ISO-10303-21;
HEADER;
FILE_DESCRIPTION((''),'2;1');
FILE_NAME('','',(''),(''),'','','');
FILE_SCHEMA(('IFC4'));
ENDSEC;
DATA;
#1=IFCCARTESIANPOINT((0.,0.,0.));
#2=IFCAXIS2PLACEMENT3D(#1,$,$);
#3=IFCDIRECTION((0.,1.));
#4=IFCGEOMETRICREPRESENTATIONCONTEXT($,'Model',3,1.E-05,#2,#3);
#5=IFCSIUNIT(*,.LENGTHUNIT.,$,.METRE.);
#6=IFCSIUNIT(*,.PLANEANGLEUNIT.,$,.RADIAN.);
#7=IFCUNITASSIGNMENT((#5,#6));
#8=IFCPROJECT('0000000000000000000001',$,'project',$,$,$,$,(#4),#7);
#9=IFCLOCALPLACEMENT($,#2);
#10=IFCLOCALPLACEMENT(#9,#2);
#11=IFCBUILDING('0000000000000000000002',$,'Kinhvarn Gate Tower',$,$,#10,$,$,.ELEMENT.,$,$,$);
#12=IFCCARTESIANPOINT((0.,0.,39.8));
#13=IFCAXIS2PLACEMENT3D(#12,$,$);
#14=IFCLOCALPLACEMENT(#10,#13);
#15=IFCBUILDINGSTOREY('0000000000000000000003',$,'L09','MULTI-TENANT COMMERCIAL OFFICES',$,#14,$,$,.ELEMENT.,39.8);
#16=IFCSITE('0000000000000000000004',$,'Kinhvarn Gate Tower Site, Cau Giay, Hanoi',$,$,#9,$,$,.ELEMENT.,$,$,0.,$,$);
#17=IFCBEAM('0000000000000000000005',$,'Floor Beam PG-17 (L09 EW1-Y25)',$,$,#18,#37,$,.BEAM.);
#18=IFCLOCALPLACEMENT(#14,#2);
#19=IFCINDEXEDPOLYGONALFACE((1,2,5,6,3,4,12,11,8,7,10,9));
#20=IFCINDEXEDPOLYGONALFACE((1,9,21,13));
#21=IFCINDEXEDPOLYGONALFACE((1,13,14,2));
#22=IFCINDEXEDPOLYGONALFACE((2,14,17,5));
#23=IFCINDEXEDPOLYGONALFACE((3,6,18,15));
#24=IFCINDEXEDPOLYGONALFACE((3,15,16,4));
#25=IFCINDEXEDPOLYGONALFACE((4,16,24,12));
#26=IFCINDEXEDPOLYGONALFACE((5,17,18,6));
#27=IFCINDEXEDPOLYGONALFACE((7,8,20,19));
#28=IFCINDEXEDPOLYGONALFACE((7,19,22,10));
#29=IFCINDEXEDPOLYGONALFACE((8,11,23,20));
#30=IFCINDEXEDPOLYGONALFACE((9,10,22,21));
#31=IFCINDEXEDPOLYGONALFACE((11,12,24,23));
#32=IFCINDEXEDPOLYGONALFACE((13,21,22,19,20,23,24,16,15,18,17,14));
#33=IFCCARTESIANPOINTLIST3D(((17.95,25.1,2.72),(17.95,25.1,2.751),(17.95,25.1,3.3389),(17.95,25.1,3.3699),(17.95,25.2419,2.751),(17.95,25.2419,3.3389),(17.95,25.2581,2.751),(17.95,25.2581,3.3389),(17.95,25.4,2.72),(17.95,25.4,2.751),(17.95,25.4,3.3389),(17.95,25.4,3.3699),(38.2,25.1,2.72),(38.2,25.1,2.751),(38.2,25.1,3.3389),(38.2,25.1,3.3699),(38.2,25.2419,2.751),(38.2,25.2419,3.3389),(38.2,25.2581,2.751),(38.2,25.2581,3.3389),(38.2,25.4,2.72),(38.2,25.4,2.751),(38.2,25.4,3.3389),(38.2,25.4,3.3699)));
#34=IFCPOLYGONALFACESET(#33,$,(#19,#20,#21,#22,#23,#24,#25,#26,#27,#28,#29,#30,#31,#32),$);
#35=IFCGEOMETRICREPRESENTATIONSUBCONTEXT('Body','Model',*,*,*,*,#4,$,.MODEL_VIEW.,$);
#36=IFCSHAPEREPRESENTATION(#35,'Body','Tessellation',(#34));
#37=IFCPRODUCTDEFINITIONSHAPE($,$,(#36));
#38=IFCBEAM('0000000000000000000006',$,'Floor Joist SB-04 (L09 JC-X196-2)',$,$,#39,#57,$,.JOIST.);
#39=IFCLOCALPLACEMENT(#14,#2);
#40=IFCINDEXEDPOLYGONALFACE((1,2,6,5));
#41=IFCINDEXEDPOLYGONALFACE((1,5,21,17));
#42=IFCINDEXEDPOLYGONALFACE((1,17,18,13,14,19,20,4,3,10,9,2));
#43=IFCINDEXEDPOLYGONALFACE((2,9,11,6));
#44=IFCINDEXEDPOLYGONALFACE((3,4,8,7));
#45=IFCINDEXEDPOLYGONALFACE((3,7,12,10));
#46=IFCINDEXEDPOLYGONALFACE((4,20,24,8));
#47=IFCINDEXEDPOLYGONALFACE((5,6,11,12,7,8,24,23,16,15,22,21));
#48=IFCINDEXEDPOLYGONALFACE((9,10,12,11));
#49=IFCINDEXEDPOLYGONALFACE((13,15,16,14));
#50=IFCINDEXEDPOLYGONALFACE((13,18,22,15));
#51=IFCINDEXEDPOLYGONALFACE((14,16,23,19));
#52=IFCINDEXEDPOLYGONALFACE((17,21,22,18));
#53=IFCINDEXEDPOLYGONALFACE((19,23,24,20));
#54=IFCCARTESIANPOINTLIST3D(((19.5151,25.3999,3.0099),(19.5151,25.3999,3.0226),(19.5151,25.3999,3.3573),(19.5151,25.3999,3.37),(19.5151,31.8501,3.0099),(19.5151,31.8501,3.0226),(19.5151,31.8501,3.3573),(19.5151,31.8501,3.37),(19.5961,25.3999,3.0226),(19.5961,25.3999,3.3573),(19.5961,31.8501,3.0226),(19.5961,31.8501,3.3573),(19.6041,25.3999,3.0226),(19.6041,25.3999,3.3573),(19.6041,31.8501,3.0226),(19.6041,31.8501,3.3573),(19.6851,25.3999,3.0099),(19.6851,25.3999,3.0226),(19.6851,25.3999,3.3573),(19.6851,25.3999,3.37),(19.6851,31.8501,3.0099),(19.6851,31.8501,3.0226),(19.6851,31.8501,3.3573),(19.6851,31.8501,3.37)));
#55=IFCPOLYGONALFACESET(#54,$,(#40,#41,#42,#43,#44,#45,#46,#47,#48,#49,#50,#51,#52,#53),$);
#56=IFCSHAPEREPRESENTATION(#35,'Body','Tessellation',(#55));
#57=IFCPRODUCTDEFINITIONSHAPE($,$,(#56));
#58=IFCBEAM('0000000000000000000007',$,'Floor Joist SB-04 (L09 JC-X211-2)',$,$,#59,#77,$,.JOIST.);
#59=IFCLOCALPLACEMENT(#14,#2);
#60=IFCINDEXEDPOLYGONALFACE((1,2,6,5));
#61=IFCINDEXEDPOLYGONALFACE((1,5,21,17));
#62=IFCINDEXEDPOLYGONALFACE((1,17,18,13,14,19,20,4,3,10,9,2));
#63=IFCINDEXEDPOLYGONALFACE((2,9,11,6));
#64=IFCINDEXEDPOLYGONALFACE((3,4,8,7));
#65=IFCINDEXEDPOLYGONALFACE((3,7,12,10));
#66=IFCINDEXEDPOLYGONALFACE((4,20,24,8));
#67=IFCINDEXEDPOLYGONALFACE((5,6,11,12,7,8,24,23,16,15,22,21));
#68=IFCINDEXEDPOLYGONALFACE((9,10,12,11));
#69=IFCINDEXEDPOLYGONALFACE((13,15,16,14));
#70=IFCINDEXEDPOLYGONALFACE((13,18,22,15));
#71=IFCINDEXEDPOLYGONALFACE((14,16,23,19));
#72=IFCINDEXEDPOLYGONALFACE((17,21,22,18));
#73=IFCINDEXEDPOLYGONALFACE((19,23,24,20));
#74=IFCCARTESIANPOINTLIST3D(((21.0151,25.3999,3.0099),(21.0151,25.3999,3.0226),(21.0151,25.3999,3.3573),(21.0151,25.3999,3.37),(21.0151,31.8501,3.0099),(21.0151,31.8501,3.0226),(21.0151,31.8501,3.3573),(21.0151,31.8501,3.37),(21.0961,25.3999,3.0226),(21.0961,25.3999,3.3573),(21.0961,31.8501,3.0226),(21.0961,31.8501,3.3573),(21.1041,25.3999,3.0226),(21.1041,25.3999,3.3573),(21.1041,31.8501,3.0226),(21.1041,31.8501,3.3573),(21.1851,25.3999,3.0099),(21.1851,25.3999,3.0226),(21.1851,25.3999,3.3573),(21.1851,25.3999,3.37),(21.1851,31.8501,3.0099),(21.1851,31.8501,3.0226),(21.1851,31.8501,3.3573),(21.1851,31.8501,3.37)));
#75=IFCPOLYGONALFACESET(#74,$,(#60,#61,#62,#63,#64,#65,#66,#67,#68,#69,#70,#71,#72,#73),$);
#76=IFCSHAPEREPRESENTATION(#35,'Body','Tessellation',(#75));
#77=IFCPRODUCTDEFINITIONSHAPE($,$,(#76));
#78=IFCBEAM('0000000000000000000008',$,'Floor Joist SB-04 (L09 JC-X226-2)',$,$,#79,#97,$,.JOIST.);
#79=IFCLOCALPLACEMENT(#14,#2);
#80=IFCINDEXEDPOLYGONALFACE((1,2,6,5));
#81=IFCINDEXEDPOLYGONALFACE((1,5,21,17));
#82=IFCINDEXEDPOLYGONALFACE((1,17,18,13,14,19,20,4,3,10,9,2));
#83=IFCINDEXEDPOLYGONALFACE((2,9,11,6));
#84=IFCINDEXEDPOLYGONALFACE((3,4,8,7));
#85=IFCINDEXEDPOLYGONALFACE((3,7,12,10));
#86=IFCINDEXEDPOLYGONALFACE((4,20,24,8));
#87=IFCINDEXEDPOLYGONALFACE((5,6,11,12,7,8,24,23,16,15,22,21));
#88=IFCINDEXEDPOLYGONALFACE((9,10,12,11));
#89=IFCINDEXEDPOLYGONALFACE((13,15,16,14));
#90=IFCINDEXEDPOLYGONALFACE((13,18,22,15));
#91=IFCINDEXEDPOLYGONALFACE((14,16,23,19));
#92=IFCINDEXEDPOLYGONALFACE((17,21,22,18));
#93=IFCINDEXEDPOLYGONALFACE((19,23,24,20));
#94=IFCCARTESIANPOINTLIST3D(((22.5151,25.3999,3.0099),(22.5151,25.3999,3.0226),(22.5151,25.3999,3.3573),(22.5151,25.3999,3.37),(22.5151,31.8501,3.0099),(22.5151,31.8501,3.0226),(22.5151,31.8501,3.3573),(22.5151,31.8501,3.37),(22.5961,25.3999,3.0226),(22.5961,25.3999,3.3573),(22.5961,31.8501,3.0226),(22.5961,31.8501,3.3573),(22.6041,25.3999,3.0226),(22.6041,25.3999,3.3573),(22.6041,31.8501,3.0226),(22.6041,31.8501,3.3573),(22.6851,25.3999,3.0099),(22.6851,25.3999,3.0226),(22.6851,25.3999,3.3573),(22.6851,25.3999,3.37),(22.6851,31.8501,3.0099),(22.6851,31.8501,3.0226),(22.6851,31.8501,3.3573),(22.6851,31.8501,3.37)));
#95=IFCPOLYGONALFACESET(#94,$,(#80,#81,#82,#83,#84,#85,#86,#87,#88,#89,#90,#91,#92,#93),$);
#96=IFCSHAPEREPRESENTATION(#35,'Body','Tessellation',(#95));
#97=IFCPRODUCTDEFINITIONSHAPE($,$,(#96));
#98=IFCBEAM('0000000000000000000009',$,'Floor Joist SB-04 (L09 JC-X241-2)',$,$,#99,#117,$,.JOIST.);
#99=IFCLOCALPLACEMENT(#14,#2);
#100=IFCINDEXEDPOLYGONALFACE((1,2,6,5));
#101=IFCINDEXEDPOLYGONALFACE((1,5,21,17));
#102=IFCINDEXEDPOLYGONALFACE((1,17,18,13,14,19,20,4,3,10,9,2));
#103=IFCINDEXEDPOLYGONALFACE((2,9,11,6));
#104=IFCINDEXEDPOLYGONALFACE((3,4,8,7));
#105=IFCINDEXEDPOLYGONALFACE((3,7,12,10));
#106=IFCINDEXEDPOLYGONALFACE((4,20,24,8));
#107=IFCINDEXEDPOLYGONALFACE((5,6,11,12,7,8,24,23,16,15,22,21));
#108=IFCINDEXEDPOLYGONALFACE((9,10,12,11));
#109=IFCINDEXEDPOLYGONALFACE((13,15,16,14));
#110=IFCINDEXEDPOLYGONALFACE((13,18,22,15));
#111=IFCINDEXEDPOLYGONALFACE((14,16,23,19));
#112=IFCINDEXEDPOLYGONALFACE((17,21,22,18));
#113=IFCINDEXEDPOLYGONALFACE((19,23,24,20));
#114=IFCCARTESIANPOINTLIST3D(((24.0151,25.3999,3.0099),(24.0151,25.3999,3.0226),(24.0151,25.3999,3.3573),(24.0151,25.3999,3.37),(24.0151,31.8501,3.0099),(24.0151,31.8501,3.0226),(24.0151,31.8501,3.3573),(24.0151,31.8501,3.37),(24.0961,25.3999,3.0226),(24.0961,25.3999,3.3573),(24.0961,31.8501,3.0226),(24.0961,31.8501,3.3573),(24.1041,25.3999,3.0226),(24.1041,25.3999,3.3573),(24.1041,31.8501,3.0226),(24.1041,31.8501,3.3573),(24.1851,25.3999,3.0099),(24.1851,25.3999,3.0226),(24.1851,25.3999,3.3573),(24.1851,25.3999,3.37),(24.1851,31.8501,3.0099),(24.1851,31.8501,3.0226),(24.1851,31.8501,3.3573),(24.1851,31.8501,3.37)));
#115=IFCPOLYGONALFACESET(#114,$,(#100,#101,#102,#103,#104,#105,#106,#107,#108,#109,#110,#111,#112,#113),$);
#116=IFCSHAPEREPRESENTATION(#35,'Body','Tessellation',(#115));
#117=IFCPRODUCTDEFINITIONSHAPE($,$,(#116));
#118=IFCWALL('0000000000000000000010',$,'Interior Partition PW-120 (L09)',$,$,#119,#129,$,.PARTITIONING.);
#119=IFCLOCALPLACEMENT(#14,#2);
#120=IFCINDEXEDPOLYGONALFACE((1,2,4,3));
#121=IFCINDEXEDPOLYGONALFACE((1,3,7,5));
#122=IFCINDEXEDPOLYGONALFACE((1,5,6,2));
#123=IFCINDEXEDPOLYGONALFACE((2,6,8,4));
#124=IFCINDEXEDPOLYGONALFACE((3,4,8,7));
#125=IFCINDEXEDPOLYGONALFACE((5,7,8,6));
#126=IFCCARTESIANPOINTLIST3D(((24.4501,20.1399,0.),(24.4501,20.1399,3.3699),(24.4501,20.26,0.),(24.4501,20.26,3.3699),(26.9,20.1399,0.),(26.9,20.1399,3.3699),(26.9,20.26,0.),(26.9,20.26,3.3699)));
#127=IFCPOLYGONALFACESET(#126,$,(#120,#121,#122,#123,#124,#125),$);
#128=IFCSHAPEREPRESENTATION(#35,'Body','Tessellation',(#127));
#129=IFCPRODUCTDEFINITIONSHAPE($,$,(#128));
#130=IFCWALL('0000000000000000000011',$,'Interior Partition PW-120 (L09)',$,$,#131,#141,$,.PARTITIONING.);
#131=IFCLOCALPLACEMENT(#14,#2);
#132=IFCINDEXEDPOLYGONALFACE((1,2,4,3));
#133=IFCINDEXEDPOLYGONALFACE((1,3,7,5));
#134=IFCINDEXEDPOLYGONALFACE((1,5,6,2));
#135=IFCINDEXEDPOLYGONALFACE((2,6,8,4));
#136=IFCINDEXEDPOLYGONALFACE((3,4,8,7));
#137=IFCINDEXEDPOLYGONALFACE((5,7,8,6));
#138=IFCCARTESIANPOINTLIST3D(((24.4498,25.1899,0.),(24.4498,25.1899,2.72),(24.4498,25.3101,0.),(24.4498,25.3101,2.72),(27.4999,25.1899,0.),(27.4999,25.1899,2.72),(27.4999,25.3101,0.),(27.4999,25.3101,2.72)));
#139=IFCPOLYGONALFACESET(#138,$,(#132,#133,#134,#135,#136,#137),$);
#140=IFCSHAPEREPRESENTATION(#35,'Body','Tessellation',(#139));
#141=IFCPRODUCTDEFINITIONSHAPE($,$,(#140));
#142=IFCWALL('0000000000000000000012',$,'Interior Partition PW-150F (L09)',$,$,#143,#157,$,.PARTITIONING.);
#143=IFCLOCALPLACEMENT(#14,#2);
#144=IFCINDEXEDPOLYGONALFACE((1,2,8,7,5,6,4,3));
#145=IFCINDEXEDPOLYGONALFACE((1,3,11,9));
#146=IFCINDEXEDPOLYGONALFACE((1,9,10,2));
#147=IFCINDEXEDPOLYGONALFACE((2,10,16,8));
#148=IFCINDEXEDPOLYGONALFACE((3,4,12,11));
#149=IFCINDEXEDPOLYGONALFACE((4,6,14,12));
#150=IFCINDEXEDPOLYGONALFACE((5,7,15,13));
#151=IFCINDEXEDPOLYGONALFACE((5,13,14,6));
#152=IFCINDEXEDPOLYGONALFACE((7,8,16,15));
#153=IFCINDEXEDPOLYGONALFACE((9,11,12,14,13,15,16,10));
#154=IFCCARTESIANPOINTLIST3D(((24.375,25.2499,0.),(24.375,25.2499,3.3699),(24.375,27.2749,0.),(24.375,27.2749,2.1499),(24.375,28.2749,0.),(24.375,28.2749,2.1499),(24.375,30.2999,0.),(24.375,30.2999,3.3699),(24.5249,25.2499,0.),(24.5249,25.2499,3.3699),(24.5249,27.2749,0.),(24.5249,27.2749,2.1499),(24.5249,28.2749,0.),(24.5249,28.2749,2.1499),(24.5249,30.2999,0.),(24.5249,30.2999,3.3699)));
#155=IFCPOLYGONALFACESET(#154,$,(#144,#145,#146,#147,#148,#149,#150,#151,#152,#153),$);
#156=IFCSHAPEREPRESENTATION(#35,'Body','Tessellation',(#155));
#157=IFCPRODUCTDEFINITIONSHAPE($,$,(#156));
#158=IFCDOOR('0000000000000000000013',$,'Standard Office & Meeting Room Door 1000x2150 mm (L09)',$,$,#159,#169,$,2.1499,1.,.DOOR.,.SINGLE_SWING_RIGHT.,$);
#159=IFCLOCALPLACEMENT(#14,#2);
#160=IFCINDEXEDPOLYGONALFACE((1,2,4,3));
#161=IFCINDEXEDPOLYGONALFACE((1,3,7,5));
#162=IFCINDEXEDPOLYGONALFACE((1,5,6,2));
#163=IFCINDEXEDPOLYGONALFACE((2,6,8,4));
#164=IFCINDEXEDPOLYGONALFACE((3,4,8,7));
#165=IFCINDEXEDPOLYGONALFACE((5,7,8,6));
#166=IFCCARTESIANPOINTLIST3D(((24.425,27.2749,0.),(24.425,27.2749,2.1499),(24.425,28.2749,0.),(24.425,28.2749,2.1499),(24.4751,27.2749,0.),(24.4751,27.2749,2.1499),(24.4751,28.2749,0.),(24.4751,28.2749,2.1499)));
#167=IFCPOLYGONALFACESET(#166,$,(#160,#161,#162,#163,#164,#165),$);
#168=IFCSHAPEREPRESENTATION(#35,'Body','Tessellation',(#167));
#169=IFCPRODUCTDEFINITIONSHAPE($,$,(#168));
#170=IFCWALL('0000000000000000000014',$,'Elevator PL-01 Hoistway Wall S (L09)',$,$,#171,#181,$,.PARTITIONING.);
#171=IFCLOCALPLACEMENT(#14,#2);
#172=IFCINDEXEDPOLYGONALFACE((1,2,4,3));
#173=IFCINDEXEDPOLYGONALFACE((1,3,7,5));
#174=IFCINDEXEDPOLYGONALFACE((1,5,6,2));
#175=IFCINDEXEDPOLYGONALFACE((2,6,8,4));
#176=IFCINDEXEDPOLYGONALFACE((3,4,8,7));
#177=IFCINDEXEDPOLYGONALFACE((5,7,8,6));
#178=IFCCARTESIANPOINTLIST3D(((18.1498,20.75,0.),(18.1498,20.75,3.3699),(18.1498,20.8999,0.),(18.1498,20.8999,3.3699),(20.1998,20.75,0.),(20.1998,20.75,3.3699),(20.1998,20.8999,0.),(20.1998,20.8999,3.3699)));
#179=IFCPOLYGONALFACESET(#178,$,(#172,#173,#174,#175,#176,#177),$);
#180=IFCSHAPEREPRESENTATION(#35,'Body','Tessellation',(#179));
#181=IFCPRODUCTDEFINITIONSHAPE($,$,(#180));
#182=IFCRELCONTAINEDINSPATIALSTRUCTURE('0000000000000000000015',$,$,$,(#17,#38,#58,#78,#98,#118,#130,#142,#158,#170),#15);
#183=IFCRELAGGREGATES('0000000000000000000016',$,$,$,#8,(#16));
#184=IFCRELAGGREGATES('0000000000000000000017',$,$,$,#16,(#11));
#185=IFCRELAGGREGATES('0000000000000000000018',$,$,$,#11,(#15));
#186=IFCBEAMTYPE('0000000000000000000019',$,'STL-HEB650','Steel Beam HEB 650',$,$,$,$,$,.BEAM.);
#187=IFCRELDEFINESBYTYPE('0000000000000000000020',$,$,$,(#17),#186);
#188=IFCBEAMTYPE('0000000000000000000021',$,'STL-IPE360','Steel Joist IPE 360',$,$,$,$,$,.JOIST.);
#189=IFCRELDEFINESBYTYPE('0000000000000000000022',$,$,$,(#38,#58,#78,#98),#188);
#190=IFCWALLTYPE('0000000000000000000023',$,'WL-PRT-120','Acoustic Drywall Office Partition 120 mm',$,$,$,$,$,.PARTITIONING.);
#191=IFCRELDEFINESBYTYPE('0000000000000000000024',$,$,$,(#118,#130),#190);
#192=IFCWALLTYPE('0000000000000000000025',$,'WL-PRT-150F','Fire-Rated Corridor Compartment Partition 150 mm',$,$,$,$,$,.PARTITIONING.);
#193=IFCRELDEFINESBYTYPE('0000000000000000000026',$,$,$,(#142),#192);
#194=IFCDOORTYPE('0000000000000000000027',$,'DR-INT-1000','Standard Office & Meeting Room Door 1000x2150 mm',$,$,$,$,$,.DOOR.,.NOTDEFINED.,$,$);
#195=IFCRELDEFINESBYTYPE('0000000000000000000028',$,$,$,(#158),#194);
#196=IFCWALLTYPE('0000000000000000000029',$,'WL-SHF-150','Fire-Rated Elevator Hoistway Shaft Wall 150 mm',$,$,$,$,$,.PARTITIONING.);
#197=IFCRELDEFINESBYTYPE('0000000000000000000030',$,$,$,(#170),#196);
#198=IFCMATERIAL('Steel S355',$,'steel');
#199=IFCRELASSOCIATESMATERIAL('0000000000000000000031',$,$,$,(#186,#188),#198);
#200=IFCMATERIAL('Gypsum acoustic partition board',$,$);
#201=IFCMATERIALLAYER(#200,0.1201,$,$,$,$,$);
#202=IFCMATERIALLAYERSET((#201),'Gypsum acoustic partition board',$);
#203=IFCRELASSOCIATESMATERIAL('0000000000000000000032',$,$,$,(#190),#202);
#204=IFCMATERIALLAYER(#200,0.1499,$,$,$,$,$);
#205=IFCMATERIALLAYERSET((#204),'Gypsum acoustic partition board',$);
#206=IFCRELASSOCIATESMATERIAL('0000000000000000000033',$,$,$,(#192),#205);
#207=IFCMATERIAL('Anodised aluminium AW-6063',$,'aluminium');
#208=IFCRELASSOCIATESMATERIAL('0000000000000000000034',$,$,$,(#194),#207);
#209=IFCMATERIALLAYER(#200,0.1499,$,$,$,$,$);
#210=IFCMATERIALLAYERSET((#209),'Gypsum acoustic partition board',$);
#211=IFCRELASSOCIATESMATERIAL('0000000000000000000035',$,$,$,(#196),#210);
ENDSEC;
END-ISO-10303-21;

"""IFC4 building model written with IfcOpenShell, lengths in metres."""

from ifc_helpers import new_model, si_unit, direction, frame, frame_2d, origin, origin_2d, place, context, subcontext, project, spatial, rectangle, i_section, extrude, material, layer, layer_set, material_profile, profile_set, type_object, element, fill, save


model = new_model("IFC4")

# Units and contexts
model_context = context("Model", 3, precision=1e-05, world=origin(), true_north=direction((0.0, 1.0)))
body_context = subcontext(model_context, "Body", "Model", "MODEL_VIEW")
ifc_project = project(units=[si_unit("LENGTHUNIT", "METRE"), si_unit("PLANEANGLEUNIT", "RADIAN")], contexts=[model_context])

# Site, building, storey
site_placement = place(None, origin())
site = spatial("IfcSite", under=ifc_project, at=site_placement, Name="Kinhvarn Gate Tower Site, Cau Giay, Hanoi", CompositionType="ELEMENT", RefElevation=0.0)
building_placement = place(site_placement, origin())
building = spatial("IfcBuilding", under=site, at=building_placement, Name="Kinhvarn Gate Tower", CompositionType="ELEMENT")
storey_placement = place(building_placement, frame((0.0, 0.0, 39.8)))
storey = spatial("IfcBuildingStorey", under=building, at=storey_placement, Name="L09", Description="MULTI-TENANT COMMERCIAL OFFICES", CompositionType="ELEMENT", Elevation=39.8)

# Beams
ifc_material_1 = material(Name="Steel S355", Category="steel")
ifc_material_profile_1 = material_profile(ifc_material_1, i_section(OverallWidth=0.3, OverallDepth=0.6499, WebThickness=0.0161, FlangeThickness=0.031, at=origin_2d()), Name="HEB 650")
ifc_profile_set_1 = profile_set([ifc_material_profile_1], Name="Steel S355")
beam_type_1 = type_object("IfcBeamType", Name="STL-HEB650", Description="Steel Beam HEB 650", PredefinedType="BEAM", material=ifc_profile_set_1)
beam_placement = place(storey_placement, frame((17.95, 25.25, 3.0449), z_axis=(1.0, 0.0, 0.0), x_axis=(0.0, 1.0, 0.0)))
element("IfcBeam", 1, at=beam_placement, inside=storey, type_object=beam_type_1, Name="Floor Beam PG-17 (L09 EW1-Y25)", PredefinedType="BEAM", context=body_context, shape_type="SweptSolid", body=[
    extrude(i_section(OverallWidth=0.3, OverallDepth=0.6499, WebThickness=0.0161, FlangeThickness=0.031, at=origin_2d()), origin(), (0.0, 0.0, 1.0), 20.25),
])
ifc_material_profile_2 = material_profile(ifc_material_1, i_section(OverallWidth=0.1699, OverallDepth=0.3601, WebThickness=0.0081, FlangeThickness=0.0127, at=origin_2d()), Name="IPE 360")
ifc_profile_set_2 = profile_set([ifc_material_profile_2], Name="Steel S355")
beam_type_2 = type_object("IfcBeamType", Name="STL-IPE360", Description="Steel Joist IPE 360", PredefinedType="JOIST", material=ifc_profile_set_2)
for number, where, z_axis, x_axis, name in (
    (2, (19.6001, 25.3999, 3.1899), (0.0, 1.0, 0.0), (-1.0, 0.0, 0.0), "Floor Joist SB-04 (L09 JC-X196-2)"),
    (3, (21.1001, 25.3999, 3.1899), (0.0, 1.0, 0.0), (-1.0, 0.0, 0.0), "Floor Joist SB-04 (L09 JC-X211-2)"),
    (4, (22.6001, 25.3999, 3.1899), (0.0, 1.0, 0.0), (-1.0, 0.0, 0.0), "Floor Joist SB-04 (L09 JC-X226-2)"),
    (5, (24.1001, 25.3999, 3.1899), (0.0, 1.0, 0.0), (-1.0, 0.0, 0.0), "Floor Joist SB-04 (L09 JC-X241-2)"),
):
    element("IfcBeam", number, at=place(storey_placement, frame(where, z_axis=z_axis, x_axis=x_axis)), inside=storey, type_object=beam_type_2, Name=name, PredefinedType="JOIST", context=body_context, shape_type="SweptSolid", body=[
        extrude(i_section(OverallWidth=0.1699, OverallDepth=0.3601, WebThickness=0.0081, FlangeThickness=0.0127, at=origin_2d()), origin(), (0.0, 0.0, 1.0), 6.4502),
    ])

# Walls
ifc_material_2 = material(Name="Gypsum acoustic partition board")
ifc_layer_1 = layer(ifc_material_2, 0.1201)
ifc_layer_set_1 = layer_set([ifc_layer_1], Name="Gypsum acoustic partition board")
wall_type_1 = type_object("IfcWallType", Name="WL-PRT-120", Description="Acoustic Drywall Office Partition 120 mm", PredefinedType="PARTITIONING", material=ifc_layer_set_1)
wall_1_placement = place(storey_placement, frame((24.45, 20.2, 0.0), z_axis=(0.0, 0.0, 1.0), x_axis=(1.0, 0.0, 0.0)))
element("IfcWall", 6, at=wall_1_placement, inside=storey, type_object=wall_type_1, Name="Interior Partition PW-120 (L09)", PredefinedType="PARTITIONING", context=body_context, shape_type="SweptSolid", body=[
    extrude(rectangle(XDim=2.45, YDim=0.1201, at=frame_2d((1.2251, 0.0))), origin(), (0.0, 0.0, 1.0), 3.3699),
])
wall_2_placement = place(storey_placement, frame((24.45, 25.25, 0.0), z_axis=(0.0, 0.0, 1.0), x_axis=(1.0, 0.0, 0.0)))
element("IfcWall", 7, at=wall_2_placement, inside=storey, type_object=wall_type_1, Name="Interior Partition PW-120 (L09)", PredefinedType="PARTITIONING", context=body_context, shape_type="SweptSolid", body=[
    extrude(rectangle(XDim=3.05, YDim=0.1201, at=frame_2d((1.5249, 0.0))), origin(), (0.0, 0.0, 1.0), 2.72),
])

# Wall, opening, door
ifc_layer_2 = layer(ifc_material_2, 0.1499)
ifc_layer_set_2 = layer_set([ifc_layer_2], Name="Gypsum acoustic partition board")
wall_type_2 = type_object("IfcWallType", Name="WL-PRT-150F", Description="Fire-Rated Corridor Compartment Partition 150 mm", PredefinedType="PARTITIONING", material=ifc_layer_set_2)
wall_3_placement = place(storey_placement, frame((24.45, 25.25, 0.0), z_axis=(0.0, 0.0, 1.0), x_axis=(0.0, 1.0, 0.0)))
wall_3 = element("IfcWall", 8, at=wall_3_placement, inside=storey, type_object=wall_type_2, Name="Interior Partition PW-150F (L09)", PredefinedType="PARTITIONING", context=body_context, shape_type="SweptSolid", body=[
    extrude(rectangle(XDim=5.05, YDim=0.1499, at=frame_2d((2.5249, 0.0))), origin(), (0.0, 0.0, 1.0), 3.3699),
])
opening_1_placement = place(wall_3_placement, frame((2.0249, 0.0, 0.0)))
opening_1 = element("IfcOpeningElement", 9, at=opening_1_placement, cuts=wall_3, PredefinedType="OPENING", context=body_context, shape_type="SweptSolid", body=[
    extrude(rectangle(XDim=1.0, YDim=2.1499, at=frame_2d((0.5, 1.075))), frame((0.0, 0.085, 0.0), z_axis=(0.0, -1.0, 0.0), x_axis=(1.0, 0.0, 0.0)), (0.0, 0.0, 1.0), 0.1699),
])
ifc_material_3 = material(Name="Anodised aluminium AW-6063", Category="aluminium")
door_type_1 = type_object("IfcDoorType", Name="DR-INT-1000", Description="Standard Office & Meeting Room Door 1000x2150 mm", OperationType="NOTDEFINED", PredefinedType="DOOR", material=ifc_material_3)
door_1_placement = place(opening_1_placement, origin())
door_1 = element("IfcDoor", 10, at=door_1_placement, inside=storey, type_object=door_type_1, Name="Standard Office & Meeting Room Door 1000x2150 mm (L09)", OperationType="SINGLE_SWING_RIGHT", OverallHeight=2.1499, OverallWidth=1.0, PredefinedType="DOOR", context=body_context, shape_type="SweptSolid", body=[
    extrude(rectangle(XDim=1.0, YDim=2.1499, at=frame_2d((0.5, 1.075))), frame((0.0, 0.0249, 0.0), z_axis=(0.0, -1.0, 0.0), x_axis=(1.0, 0.0, 0.0)), (0.0, 0.0, 1.0), 0.05),
])
fill(opening_1, door_1)

# Wall
ifc_layer_3 = layer(ifc_material_2, 0.1499)
ifc_layer_set_3 = layer_set([ifc_layer_3], Name="Gypsum acoustic partition board")
wall_type_3 = type_object("IfcWallType", Name="WL-SHF-150", Description="Fire-Rated Elevator Hoistway Shaft Wall 150 mm", PredefinedType="PARTITIONING", material=ifc_layer_set_3)
wall_4_placement = place(storey_placement, frame((18.1499, 20.825, 0.0), z_axis=(0.0, 0.0, 1.0), x_axis=(1.0, 0.0, 0.0)))
element("IfcWall", 11, at=wall_4_placement, inside=storey, type_object=wall_type_3, Name="Elevator PL-01 Hoistway Wall S (L09)", PredefinedType="PARTITIONING", context=body_context, shape_type="SweptSolid", body=[
    extrude(rectangle(XDim=2.05, YDim=0.1499, at=frame_2d((1.0249, 0.0))), origin(), (0.0, 0.0, 1.0), 3.3699),
])

save(model, "model.ifc")
